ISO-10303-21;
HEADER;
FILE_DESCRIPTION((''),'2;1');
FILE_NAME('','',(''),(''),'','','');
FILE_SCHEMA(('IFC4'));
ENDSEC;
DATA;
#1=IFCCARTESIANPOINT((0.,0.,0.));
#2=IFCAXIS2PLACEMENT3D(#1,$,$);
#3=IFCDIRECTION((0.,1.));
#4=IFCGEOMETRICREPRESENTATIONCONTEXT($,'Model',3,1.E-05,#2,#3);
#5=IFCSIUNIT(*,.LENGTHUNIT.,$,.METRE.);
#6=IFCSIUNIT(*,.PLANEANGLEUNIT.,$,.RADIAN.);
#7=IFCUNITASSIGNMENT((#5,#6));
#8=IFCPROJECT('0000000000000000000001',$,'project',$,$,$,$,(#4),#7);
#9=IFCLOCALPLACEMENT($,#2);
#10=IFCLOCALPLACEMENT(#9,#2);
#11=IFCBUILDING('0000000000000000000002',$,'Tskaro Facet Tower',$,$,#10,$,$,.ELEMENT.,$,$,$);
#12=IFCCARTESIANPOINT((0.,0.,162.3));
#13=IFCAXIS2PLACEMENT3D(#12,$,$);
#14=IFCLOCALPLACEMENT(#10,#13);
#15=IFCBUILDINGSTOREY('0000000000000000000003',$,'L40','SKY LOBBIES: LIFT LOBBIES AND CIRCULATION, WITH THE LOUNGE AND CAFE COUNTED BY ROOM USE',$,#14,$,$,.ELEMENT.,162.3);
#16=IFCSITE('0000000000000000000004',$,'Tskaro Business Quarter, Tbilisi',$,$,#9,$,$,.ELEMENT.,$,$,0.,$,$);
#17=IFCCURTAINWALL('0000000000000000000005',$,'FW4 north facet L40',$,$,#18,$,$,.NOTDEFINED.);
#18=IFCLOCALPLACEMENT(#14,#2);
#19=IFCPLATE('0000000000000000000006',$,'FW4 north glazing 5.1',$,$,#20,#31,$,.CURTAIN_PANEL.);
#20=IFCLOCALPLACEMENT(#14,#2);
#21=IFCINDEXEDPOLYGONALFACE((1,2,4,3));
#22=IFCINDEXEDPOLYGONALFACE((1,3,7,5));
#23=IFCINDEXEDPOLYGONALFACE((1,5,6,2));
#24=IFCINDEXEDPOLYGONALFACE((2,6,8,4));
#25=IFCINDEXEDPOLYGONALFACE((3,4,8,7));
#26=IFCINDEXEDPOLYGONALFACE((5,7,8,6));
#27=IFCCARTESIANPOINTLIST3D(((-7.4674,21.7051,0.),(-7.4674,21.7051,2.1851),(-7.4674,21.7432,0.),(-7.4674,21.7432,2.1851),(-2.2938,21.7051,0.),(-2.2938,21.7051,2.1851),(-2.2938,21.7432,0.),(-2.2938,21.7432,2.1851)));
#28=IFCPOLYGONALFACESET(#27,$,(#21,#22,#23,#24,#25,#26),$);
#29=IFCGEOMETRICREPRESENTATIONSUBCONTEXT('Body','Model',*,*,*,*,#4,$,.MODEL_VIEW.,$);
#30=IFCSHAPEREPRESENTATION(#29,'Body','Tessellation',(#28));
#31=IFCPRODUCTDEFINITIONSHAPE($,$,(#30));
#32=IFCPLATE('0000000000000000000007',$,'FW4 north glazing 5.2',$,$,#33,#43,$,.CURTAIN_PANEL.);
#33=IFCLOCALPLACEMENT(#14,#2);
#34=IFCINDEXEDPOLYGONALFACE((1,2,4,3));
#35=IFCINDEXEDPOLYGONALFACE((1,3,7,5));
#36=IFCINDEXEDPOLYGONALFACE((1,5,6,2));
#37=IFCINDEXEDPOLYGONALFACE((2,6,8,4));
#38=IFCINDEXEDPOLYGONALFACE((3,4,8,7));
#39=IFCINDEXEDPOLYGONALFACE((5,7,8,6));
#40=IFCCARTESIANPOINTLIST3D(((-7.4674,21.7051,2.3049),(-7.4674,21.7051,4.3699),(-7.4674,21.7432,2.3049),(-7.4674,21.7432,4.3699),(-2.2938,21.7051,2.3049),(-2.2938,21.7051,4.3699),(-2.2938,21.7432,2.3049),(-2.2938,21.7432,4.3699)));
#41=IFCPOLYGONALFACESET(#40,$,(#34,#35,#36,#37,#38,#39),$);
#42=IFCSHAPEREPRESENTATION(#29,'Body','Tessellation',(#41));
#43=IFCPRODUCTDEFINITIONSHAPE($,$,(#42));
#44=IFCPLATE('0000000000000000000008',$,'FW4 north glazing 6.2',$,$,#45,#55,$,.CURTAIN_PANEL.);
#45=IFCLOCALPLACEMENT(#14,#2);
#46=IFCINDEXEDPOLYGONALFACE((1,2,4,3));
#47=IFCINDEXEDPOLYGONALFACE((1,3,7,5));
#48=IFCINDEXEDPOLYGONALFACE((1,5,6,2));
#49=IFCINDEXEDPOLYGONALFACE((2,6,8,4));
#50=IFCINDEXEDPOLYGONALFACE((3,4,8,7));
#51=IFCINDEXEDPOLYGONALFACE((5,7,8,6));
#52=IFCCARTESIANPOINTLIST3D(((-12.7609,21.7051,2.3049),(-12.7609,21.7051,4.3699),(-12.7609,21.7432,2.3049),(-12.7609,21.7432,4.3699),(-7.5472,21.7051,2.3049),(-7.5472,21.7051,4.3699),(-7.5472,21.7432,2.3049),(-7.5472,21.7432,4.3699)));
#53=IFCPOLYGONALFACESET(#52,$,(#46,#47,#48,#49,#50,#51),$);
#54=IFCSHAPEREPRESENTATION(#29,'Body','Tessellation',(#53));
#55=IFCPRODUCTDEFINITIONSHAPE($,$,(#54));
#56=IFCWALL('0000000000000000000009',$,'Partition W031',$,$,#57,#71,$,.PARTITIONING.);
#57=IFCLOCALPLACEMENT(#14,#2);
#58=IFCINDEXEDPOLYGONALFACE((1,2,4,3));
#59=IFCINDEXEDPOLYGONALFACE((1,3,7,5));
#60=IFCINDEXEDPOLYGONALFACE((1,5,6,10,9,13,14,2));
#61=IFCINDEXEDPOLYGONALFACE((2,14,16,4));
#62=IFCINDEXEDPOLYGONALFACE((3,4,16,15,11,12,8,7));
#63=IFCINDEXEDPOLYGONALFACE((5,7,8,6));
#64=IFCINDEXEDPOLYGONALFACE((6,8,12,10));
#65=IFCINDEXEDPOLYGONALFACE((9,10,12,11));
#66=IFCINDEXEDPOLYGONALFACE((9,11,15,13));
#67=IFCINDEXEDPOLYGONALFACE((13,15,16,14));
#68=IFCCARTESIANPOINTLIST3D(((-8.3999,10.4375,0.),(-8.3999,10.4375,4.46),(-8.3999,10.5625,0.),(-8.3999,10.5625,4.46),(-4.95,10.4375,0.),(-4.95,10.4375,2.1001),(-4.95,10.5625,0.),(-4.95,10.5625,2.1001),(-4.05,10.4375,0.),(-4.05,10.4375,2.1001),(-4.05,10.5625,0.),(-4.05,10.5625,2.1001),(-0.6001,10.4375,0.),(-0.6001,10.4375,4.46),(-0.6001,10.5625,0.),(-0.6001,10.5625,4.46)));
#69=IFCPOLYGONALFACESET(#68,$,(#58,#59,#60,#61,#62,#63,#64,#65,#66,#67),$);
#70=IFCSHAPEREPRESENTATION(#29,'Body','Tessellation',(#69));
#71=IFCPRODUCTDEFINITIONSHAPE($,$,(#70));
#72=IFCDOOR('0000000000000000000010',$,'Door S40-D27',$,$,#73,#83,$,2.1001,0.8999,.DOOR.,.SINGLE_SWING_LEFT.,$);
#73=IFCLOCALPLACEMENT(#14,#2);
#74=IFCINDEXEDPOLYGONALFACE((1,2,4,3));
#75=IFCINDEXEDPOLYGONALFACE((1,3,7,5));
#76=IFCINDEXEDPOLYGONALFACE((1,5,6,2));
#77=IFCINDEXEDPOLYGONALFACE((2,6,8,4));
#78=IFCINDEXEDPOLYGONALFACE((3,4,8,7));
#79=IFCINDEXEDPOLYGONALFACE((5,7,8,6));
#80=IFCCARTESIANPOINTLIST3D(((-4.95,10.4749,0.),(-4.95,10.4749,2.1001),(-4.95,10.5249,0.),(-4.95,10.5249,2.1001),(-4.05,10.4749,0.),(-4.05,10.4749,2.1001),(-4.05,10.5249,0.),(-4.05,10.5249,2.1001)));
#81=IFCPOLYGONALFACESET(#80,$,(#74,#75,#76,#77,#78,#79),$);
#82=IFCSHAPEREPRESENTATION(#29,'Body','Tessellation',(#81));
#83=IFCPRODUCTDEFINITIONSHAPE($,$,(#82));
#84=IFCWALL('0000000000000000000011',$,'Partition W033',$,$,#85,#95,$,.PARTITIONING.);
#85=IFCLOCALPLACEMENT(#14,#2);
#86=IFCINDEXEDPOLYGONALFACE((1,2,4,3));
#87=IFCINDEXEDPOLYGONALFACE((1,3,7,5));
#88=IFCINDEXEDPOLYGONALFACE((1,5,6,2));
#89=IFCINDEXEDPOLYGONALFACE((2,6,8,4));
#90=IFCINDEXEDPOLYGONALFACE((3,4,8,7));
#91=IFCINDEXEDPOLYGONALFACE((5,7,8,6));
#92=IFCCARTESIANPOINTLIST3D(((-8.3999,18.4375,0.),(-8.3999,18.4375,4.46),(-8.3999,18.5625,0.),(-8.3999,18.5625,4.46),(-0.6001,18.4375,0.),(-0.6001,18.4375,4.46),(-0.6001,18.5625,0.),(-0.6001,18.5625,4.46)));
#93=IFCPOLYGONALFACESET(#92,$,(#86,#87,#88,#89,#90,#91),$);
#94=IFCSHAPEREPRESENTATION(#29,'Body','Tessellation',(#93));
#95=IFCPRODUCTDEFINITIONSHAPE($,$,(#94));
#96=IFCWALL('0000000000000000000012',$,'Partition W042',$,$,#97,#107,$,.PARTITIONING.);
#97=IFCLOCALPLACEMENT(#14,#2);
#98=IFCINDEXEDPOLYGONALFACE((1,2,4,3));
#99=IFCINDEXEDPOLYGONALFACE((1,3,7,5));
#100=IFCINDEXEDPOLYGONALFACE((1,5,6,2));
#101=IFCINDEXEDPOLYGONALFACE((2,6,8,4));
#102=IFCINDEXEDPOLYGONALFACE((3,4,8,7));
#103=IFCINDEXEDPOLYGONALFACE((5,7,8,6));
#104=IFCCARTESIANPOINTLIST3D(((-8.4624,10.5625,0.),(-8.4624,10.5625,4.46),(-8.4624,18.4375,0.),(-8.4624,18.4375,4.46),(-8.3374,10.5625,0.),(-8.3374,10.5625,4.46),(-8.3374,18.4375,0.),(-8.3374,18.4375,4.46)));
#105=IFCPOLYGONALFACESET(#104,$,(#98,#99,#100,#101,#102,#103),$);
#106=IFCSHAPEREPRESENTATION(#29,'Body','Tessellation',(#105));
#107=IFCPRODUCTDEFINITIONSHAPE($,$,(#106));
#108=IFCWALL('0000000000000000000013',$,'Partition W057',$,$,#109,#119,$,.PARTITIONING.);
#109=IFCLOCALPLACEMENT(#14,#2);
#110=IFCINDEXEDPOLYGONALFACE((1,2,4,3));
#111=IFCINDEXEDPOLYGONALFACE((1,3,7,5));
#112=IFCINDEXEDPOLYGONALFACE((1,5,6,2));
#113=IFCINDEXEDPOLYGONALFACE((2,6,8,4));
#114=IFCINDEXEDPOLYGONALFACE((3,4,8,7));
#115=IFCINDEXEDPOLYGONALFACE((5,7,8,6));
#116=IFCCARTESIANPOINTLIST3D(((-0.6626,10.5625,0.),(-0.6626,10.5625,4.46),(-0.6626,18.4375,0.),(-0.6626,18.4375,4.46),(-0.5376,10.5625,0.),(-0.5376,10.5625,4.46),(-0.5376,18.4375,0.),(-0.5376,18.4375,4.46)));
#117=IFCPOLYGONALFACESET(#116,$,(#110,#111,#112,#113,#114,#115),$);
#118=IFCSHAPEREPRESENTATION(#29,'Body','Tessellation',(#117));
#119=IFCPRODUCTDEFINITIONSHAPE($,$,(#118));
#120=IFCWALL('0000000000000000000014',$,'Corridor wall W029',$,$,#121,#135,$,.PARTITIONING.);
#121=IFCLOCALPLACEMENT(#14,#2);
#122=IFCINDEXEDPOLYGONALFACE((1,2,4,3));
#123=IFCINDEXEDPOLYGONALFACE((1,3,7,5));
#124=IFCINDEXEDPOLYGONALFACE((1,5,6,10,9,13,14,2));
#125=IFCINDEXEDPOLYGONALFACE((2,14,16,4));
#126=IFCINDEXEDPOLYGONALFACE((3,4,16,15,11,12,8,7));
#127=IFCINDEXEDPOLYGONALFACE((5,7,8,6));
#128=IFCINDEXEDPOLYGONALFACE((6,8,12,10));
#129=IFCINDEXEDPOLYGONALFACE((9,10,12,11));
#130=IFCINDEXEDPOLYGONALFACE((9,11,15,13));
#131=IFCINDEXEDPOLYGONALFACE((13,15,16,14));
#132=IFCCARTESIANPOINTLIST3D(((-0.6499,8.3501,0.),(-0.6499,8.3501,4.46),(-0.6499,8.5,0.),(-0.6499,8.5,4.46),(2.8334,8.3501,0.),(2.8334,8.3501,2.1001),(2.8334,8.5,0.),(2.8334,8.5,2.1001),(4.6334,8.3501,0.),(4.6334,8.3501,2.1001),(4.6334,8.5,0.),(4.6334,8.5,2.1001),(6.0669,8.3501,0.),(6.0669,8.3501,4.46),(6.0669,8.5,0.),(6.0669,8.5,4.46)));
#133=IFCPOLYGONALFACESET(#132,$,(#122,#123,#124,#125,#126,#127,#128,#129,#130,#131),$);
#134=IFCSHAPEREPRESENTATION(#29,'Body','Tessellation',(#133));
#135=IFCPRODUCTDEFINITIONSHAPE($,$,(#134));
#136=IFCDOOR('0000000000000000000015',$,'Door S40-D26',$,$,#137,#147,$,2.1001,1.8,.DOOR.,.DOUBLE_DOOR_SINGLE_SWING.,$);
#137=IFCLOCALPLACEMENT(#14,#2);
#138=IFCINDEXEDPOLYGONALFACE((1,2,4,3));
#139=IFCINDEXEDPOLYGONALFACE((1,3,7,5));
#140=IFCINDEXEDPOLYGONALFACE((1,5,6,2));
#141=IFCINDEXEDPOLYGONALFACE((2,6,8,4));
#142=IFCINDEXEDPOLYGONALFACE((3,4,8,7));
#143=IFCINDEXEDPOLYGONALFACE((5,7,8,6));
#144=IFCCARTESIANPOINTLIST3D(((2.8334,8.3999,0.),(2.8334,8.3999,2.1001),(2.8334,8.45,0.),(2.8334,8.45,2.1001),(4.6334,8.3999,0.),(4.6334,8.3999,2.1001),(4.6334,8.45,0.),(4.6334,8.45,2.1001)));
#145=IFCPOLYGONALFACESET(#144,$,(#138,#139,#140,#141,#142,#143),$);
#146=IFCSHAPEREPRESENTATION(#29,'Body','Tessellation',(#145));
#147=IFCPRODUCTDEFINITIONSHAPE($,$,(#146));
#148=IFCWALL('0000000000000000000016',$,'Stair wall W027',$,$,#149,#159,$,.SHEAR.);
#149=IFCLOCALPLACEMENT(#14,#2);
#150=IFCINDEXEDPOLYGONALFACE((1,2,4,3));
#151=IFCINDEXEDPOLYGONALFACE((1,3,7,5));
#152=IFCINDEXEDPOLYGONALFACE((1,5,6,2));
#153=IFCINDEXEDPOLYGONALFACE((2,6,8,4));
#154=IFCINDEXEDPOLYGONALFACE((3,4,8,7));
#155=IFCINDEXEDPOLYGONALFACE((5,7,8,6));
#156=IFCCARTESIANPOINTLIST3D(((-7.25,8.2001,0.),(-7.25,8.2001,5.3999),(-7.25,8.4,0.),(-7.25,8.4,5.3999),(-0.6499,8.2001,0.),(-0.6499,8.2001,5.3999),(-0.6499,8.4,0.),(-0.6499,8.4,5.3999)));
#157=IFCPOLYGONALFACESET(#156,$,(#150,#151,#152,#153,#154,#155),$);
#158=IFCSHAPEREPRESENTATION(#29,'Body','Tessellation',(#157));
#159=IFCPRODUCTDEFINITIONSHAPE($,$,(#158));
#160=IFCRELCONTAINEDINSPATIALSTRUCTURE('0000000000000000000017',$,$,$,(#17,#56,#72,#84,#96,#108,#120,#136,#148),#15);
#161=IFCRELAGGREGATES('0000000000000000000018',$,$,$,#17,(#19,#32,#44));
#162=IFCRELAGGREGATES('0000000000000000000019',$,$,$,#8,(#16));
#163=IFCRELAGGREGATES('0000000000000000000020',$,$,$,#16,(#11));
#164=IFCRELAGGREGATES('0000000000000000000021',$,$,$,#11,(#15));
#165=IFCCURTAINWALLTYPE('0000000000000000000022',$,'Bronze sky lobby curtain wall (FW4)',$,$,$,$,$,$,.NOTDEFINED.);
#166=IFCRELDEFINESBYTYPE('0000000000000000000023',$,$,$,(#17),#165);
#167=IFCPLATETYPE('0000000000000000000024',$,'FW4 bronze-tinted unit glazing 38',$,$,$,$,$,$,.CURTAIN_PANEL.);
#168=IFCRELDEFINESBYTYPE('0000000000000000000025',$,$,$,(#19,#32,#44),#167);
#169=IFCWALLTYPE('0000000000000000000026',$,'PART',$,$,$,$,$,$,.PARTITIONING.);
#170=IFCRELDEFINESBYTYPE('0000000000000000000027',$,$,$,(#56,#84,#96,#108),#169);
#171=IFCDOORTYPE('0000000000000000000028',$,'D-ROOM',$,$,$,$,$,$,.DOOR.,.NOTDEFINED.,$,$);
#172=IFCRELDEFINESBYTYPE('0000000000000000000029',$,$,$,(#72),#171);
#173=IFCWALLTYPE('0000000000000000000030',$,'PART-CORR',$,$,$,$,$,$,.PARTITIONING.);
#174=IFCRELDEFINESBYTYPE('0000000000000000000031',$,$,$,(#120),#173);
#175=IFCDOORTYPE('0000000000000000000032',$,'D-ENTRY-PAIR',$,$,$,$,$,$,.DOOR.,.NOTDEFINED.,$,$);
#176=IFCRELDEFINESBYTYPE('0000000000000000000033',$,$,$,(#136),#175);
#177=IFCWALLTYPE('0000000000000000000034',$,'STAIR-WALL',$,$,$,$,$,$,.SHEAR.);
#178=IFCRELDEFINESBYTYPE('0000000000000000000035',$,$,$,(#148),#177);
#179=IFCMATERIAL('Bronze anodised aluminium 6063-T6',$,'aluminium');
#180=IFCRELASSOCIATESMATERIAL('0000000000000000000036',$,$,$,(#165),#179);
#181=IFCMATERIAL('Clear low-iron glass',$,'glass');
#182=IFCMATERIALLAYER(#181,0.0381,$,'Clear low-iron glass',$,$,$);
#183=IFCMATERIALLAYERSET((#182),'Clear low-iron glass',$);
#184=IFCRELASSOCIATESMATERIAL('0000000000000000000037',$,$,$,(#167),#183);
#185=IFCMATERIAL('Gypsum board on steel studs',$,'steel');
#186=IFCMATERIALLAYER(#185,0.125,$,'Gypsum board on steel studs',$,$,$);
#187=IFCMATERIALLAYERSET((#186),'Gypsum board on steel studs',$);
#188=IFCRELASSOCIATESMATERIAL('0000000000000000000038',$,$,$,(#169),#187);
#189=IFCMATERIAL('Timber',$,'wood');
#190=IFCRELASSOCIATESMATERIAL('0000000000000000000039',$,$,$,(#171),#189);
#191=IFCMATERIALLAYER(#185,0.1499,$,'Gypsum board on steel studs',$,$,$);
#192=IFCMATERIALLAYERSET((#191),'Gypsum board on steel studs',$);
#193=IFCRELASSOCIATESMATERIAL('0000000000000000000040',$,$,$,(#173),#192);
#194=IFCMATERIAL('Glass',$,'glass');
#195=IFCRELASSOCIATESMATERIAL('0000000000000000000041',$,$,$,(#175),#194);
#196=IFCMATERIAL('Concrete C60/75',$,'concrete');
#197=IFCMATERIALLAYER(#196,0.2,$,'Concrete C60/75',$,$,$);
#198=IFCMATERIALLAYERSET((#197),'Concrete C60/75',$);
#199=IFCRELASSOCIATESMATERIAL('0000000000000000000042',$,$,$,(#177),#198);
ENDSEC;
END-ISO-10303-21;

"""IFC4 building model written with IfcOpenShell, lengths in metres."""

from ifc_helpers import new_model, si_unit, direction, frame, frame_2d, origin, origin_2d, place, context, subcontext, project, spatial, rectangle, extrude, material, layer, layer_set, type_object, element, fill, aggregate, save


model = new_model("IFC4")

# Units and contexts
model_context = context("Model", 3, precision=1e-05, world=origin(), true_north=direction((0.0, 1.0)))
body_context = subcontext(model_context, "Body", "Model", "MODEL_VIEW")
ifc_project = project(units=[si_unit("LENGTHUNIT", "METRE"), si_unit("PLANEANGLEUNIT", "RADIAN")], contexts=[model_context])

# Site, building, storey
site_placement = place(None, origin())
site = spatial("IfcSite", under=ifc_project, at=site_placement, Name="Tskaro Business Quarter, Tbilisi", CompositionType="ELEMENT", RefElevation=0.0)
building_placement = place(site_placement, origin())
building = spatial("IfcBuilding", under=site, at=building_placement, Name="Tskaro Facet Tower", CompositionType="ELEMENT")
storey_placement = place(building_placement, frame((0.0, 0.0, 162.3)))
storey = spatial("IfcBuildingStorey", under=building, at=storey_placement, Name="L40", Description="SKY LOBBIES: LIFT LOBBIES AND CIRCULATION, WITH THE LOUNGE AND CAFE COUNTED BY ROOM USE", CompositionType="ELEMENT", Elevation=162.3)

# Curtain wall
ifc_material_1 = material(Name="Bronze anodised aluminium 6063-T6", Category="aluminium")
curtain_wall_type = type_object("IfcCurtainWallType", Name="Bronze sky lobby curtain wall (FW4)", PredefinedType="NOTDEFINED", material=ifc_material_1)
curtain_wall_placement = place(storey_placement, origin())
curtain_wall = element("IfcCurtainWall", 1, at=curtain_wall_placement, inside=storey, type_object=curtain_wall_type, Name="FW4 north facet L40", PredefinedType="NOTDEFINED")

# Plates
ifc_material_2 = material(Name="Clear low-iron glass", Category="glass")
ifc_layer_1 = layer(ifc_material_2, 0.0381, Name="Clear low-iron glass")
ifc_layer_set_1 = layer_set([ifc_layer_1], Name="Clear low-iron glass")
plate_type = type_object("IfcPlateType", Name="FW4 bronze-tinted unit glazing 38", PredefinedType="CURTAIN_PANEL", material=ifc_layer_set_1)
plate_1_placement = place(storey_placement, frame((-4.8806, 21.7241, 0.0), z_axis=(0.0, 0.0, 1.0), x_axis=(-1.0, 0.0, 0.0)))
plate_1 = element("IfcPlate", 2, at=plate_1_placement, type_object=plate_type, Name="FW4 north glazing 5.1", PredefinedType="CURTAIN_PANEL", context=body_context, shape_type="SweptSolid", body=[
    extrude(rectangle(XDim=5.1736, YDim=0.0381, at=origin_2d()), origin(), (0.0, 0.0, 1.0), 2.1851),
])
plate_2_placement = place(storey_placement, frame((-4.8806, 21.7241, 2.3049), z_axis=(0.0, 0.0, 1.0), x_axis=(-1.0, 0.0, 0.0)))
plate_2 = element("IfcPlate", 3, at=plate_2_placement, type_object=plate_type, Name="FW4 north glazing 5.2", PredefinedType="CURTAIN_PANEL", context=body_context, shape_type="SweptSolid", body=[
    extrude(rectangle(XDim=5.1736, YDim=0.0381, at=origin_2d()), origin(), (0.0, 0.0, 1.0), 2.0649),
])
plate_3_placement = place(storey_placement, frame((-10.1541, 21.7241, 2.3049), z_axis=(0.0, 0.0, 1.0), x_axis=(-1.0, 0.0, 0.0)))
plate_3 = element("IfcPlate", 4, at=plate_3_placement, type_object=plate_type, Name="FW4 north glazing 6.2", PredefinedType="CURTAIN_PANEL", context=body_context, shape_type="SweptSolid", body=[
    extrude(rectangle(XDim=5.2136, YDim=0.0381, at=origin_2d()), origin(), (0.0, 0.0, 1.0), 2.0649),
])
aggregate(curtain_wall, [plate_1, plate_2, plate_3])

# Wall, opening, door
ifc_material_3 = material(Name="Gypsum board on steel studs", Category="steel")
ifc_layer_2 = layer(ifc_material_3, 0.125, Name="Gypsum board on steel studs")
ifc_layer_set_2 = layer_set([ifc_layer_2], Name="Gypsum board on steel studs")
wall_type_1 = type_object("IfcWallType", Name="PART", PredefinedType="PARTITIONING", material=ifc_layer_set_2)
wall_1_placement = place(storey_placement, frame((-8.3999, 10.5, 0.0), z_axis=(0.0, 0.0, 1.0), x_axis=(1.0, 0.0, 0.0)))
wall_1 = element("IfcWall", 5, at=wall_1_placement, inside=storey, type_object=wall_type_1, Name="Partition W031", PredefinedType="PARTITIONING", context=body_context, shape_type="SweptSolid", body=[
    extrude(rectangle(XDim=7.7998, YDim=0.125, at=frame_2d((3.8999, 0.0))), origin(), (0.0, 0.0, 1.0), 4.46),
])
opening_1_placement = place(wall_1_placement, frame((3.45, 0.0, 0.0)))
opening_1 = element("IfcOpeningElement", 6, at=opening_1_placement, cuts=wall_1, PredefinedType="OPENING", context=body_context, shape_type="SweptSolid", body=[
    extrude(rectangle(XDim=0.8999, YDim=2.1001, at=frame_2d((0.45, 1.05))), frame((0.0, 0.0725, 0.0), z_axis=(0.0, -1.0, 0.0), x_axis=(1.0, 0.0, 0.0)), (0.0, 0.0, 1.0), 0.145),
])
ifc_material_4 = material(Name="Timber", Category="wood")
door_type_1 = type_object("IfcDoorType", Name="D-ROOM", OperationType="NOTDEFINED", PredefinedType="DOOR", material=ifc_material_4)
door_1_placement = place(opening_1_placement, origin())
door_1 = element("IfcDoor", 7, at=door_1_placement, inside=storey, type_object=door_type_1, Name="Door S40-D27", OperationType="SINGLE_SWING_LEFT", OverallHeight=2.1001, OverallWidth=0.8999, PredefinedType="DOOR", context=body_context, shape_type="SweptSolid", body=[
    extrude(rectangle(XDim=0.8999, YDim=2.1001, at=frame_2d((0.45, 1.05))), frame((0.0, 0.0249, 0.0), z_axis=(0.0, -1.0, 0.0), x_axis=(1.0, 0.0, 0.0)), (0.0, 0.0, 1.0), 0.05),
])
fill(opening_1, door_1)

# Walls
wall_2_placement = place(storey_placement, frame((-8.3999, 18.5, 0.0), z_axis=(0.0, 0.0, 1.0), x_axis=(1.0, 0.0, 0.0)))
element("IfcWall", 8, at=wall_2_placement, inside=storey, type_object=wall_type_1, Name="Partition W033", PredefinedType="PARTITIONING", context=body_context, shape_type="SweptSolid", body=[
    extrude(rectangle(XDim=7.7998, YDim=0.125, at=frame_2d((3.8999, 0.0))), origin(), (0.0, 0.0, 1.0), 4.46),
])
for number, where, z_axis, x_axis, name in (
    (9, (-8.3999, 10.5625, 0.0), (0.0, 0.0, 1.0), (0.0, 1.0, 0.0), "Partition W042"),
    (10, (-0.6001, 10.5625, 0.0), (0.0, 0.0, 1.0), (0.0, 1.0, 0.0), "Partition W057"),
):
    element("IfcWall", number, at=place(storey_placement, frame(where, z_axis=z_axis, x_axis=x_axis)), inside=storey, type_object=wall_type_1, Name=name, PredefinedType="PARTITIONING", context=body_context, shape_type="SweptSolid", body=[
        extrude(rectangle(XDim=7.875, YDim=0.125, at=frame_2d((3.9375, 0.0))), origin(), (0.0, 0.0, 1.0), 4.46),
    ])

# Wall, opening, door
ifc_layer_3 = layer(ifc_material_3, 0.1499, Name="Gypsum board on steel studs")
ifc_layer_set_3 = layer_set([ifc_layer_3], Name="Gypsum board on steel studs")
wall_type_2 = type_object("IfcWallType", Name="PART-CORR", PredefinedType="PARTITIONING", material=ifc_layer_set_3)
wall_3_placement = place(storey_placement, frame((-0.6499, 8.425, 0.0), z_axis=(0.0, 0.0, 1.0), x_axis=(1.0, 0.0, 0.0)))
wall_3 = element("IfcWall", 11, at=wall_3_placement, inside=storey, type_object=wall_type_2, Name="Corridor wall W029", PredefinedType="PARTITIONING", context=body_context, shape_type="SweptSolid", body=[
    extrude(rectangle(XDim=6.7168, YDim=0.1499, at=frame_2d((3.3584, 0.0))), origin(), (0.0, 0.0, 1.0), 4.46),
])
opening_2_placement = place(wall_3_placement, frame((3.4834, 0.0, 0.0)))
opening_2 = element("IfcOpeningElement", 12, at=opening_2_placement, cuts=wall_3, PredefinedType="OPENING", context=body_context, shape_type="SweptSolid", body=[
    extrude(rectangle(XDim=1.8, YDim=2.1001, at=frame_2d((0.8999, 1.05))), frame((0.0, 0.085, 0.0), z_axis=(0.0, -1.0, 0.0), x_axis=(1.0, 0.0, 0.0)), (0.0, 0.0, 1.0), 0.1699),
])
ifc_material_5 = material(Name="Glass", Category="glass")
door_type_2 = type_object("IfcDoorType", Name="D-ENTRY-PAIR", OperationType="NOTDEFINED", PredefinedType="DOOR", material=ifc_material_5)
door_2_placement = place(opening_2_placement, origin())
door_2 = element("IfcDoor", 13, at=door_2_placement, inside=storey, type_object=door_type_2, Name="Door S40-D26", OperationType="DOUBLE_DOOR_SINGLE_SWING", OverallHeight=2.1001, OverallWidth=1.8, PredefinedType="DOOR", context=body_context, shape_type="SweptSolid", body=[
    extrude(rectangle(XDim=1.8, YDim=2.1001, at=frame_2d((0.8999, 1.05))), frame((0.0, 0.0249, 0.0), z_axis=(0.0, -1.0, 0.0), x_axis=(1.0, 0.0, 0.0)), (0.0, 0.0, 1.0), 0.05),
])
fill(opening_2, door_2)

# Wall
ifc_material_6 = material(Name="Concrete C60/75", Category="concrete")
ifc_layer_4 = layer(ifc_material_6, 0.2, Name="Concrete C60/75")
ifc_layer_set_4 = layer_set([ifc_layer_4], Name="Concrete C60/75")
wall_type_3 = type_object("IfcWallType", Name="STAIR-WALL", PredefinedType="SHEAR", material=ifc_layer_set_4)
wall_4_placement = place(storey_placement, frame((-7.25, 8.3, 0.0), z_axis=(0.0, 0.0, 1.0), x_axis=(1.0, 0.0, 0.0)))
element("IfcWall", 14, at=wall_4_placement, inside=storey, type_object=wall_type_3, Name="Stair wall W027", PredefinedType="SHEAR", context=body_context, shape_type="SweptSolid", body=[
    extrude(rectangle(XDim=6.6001, YDim=0.2, at=frame_2d((3.3, 0.0))), origin(), (0.0, 0.0, 1.0), 5.3999),
])

save(model, "model.ifc")
